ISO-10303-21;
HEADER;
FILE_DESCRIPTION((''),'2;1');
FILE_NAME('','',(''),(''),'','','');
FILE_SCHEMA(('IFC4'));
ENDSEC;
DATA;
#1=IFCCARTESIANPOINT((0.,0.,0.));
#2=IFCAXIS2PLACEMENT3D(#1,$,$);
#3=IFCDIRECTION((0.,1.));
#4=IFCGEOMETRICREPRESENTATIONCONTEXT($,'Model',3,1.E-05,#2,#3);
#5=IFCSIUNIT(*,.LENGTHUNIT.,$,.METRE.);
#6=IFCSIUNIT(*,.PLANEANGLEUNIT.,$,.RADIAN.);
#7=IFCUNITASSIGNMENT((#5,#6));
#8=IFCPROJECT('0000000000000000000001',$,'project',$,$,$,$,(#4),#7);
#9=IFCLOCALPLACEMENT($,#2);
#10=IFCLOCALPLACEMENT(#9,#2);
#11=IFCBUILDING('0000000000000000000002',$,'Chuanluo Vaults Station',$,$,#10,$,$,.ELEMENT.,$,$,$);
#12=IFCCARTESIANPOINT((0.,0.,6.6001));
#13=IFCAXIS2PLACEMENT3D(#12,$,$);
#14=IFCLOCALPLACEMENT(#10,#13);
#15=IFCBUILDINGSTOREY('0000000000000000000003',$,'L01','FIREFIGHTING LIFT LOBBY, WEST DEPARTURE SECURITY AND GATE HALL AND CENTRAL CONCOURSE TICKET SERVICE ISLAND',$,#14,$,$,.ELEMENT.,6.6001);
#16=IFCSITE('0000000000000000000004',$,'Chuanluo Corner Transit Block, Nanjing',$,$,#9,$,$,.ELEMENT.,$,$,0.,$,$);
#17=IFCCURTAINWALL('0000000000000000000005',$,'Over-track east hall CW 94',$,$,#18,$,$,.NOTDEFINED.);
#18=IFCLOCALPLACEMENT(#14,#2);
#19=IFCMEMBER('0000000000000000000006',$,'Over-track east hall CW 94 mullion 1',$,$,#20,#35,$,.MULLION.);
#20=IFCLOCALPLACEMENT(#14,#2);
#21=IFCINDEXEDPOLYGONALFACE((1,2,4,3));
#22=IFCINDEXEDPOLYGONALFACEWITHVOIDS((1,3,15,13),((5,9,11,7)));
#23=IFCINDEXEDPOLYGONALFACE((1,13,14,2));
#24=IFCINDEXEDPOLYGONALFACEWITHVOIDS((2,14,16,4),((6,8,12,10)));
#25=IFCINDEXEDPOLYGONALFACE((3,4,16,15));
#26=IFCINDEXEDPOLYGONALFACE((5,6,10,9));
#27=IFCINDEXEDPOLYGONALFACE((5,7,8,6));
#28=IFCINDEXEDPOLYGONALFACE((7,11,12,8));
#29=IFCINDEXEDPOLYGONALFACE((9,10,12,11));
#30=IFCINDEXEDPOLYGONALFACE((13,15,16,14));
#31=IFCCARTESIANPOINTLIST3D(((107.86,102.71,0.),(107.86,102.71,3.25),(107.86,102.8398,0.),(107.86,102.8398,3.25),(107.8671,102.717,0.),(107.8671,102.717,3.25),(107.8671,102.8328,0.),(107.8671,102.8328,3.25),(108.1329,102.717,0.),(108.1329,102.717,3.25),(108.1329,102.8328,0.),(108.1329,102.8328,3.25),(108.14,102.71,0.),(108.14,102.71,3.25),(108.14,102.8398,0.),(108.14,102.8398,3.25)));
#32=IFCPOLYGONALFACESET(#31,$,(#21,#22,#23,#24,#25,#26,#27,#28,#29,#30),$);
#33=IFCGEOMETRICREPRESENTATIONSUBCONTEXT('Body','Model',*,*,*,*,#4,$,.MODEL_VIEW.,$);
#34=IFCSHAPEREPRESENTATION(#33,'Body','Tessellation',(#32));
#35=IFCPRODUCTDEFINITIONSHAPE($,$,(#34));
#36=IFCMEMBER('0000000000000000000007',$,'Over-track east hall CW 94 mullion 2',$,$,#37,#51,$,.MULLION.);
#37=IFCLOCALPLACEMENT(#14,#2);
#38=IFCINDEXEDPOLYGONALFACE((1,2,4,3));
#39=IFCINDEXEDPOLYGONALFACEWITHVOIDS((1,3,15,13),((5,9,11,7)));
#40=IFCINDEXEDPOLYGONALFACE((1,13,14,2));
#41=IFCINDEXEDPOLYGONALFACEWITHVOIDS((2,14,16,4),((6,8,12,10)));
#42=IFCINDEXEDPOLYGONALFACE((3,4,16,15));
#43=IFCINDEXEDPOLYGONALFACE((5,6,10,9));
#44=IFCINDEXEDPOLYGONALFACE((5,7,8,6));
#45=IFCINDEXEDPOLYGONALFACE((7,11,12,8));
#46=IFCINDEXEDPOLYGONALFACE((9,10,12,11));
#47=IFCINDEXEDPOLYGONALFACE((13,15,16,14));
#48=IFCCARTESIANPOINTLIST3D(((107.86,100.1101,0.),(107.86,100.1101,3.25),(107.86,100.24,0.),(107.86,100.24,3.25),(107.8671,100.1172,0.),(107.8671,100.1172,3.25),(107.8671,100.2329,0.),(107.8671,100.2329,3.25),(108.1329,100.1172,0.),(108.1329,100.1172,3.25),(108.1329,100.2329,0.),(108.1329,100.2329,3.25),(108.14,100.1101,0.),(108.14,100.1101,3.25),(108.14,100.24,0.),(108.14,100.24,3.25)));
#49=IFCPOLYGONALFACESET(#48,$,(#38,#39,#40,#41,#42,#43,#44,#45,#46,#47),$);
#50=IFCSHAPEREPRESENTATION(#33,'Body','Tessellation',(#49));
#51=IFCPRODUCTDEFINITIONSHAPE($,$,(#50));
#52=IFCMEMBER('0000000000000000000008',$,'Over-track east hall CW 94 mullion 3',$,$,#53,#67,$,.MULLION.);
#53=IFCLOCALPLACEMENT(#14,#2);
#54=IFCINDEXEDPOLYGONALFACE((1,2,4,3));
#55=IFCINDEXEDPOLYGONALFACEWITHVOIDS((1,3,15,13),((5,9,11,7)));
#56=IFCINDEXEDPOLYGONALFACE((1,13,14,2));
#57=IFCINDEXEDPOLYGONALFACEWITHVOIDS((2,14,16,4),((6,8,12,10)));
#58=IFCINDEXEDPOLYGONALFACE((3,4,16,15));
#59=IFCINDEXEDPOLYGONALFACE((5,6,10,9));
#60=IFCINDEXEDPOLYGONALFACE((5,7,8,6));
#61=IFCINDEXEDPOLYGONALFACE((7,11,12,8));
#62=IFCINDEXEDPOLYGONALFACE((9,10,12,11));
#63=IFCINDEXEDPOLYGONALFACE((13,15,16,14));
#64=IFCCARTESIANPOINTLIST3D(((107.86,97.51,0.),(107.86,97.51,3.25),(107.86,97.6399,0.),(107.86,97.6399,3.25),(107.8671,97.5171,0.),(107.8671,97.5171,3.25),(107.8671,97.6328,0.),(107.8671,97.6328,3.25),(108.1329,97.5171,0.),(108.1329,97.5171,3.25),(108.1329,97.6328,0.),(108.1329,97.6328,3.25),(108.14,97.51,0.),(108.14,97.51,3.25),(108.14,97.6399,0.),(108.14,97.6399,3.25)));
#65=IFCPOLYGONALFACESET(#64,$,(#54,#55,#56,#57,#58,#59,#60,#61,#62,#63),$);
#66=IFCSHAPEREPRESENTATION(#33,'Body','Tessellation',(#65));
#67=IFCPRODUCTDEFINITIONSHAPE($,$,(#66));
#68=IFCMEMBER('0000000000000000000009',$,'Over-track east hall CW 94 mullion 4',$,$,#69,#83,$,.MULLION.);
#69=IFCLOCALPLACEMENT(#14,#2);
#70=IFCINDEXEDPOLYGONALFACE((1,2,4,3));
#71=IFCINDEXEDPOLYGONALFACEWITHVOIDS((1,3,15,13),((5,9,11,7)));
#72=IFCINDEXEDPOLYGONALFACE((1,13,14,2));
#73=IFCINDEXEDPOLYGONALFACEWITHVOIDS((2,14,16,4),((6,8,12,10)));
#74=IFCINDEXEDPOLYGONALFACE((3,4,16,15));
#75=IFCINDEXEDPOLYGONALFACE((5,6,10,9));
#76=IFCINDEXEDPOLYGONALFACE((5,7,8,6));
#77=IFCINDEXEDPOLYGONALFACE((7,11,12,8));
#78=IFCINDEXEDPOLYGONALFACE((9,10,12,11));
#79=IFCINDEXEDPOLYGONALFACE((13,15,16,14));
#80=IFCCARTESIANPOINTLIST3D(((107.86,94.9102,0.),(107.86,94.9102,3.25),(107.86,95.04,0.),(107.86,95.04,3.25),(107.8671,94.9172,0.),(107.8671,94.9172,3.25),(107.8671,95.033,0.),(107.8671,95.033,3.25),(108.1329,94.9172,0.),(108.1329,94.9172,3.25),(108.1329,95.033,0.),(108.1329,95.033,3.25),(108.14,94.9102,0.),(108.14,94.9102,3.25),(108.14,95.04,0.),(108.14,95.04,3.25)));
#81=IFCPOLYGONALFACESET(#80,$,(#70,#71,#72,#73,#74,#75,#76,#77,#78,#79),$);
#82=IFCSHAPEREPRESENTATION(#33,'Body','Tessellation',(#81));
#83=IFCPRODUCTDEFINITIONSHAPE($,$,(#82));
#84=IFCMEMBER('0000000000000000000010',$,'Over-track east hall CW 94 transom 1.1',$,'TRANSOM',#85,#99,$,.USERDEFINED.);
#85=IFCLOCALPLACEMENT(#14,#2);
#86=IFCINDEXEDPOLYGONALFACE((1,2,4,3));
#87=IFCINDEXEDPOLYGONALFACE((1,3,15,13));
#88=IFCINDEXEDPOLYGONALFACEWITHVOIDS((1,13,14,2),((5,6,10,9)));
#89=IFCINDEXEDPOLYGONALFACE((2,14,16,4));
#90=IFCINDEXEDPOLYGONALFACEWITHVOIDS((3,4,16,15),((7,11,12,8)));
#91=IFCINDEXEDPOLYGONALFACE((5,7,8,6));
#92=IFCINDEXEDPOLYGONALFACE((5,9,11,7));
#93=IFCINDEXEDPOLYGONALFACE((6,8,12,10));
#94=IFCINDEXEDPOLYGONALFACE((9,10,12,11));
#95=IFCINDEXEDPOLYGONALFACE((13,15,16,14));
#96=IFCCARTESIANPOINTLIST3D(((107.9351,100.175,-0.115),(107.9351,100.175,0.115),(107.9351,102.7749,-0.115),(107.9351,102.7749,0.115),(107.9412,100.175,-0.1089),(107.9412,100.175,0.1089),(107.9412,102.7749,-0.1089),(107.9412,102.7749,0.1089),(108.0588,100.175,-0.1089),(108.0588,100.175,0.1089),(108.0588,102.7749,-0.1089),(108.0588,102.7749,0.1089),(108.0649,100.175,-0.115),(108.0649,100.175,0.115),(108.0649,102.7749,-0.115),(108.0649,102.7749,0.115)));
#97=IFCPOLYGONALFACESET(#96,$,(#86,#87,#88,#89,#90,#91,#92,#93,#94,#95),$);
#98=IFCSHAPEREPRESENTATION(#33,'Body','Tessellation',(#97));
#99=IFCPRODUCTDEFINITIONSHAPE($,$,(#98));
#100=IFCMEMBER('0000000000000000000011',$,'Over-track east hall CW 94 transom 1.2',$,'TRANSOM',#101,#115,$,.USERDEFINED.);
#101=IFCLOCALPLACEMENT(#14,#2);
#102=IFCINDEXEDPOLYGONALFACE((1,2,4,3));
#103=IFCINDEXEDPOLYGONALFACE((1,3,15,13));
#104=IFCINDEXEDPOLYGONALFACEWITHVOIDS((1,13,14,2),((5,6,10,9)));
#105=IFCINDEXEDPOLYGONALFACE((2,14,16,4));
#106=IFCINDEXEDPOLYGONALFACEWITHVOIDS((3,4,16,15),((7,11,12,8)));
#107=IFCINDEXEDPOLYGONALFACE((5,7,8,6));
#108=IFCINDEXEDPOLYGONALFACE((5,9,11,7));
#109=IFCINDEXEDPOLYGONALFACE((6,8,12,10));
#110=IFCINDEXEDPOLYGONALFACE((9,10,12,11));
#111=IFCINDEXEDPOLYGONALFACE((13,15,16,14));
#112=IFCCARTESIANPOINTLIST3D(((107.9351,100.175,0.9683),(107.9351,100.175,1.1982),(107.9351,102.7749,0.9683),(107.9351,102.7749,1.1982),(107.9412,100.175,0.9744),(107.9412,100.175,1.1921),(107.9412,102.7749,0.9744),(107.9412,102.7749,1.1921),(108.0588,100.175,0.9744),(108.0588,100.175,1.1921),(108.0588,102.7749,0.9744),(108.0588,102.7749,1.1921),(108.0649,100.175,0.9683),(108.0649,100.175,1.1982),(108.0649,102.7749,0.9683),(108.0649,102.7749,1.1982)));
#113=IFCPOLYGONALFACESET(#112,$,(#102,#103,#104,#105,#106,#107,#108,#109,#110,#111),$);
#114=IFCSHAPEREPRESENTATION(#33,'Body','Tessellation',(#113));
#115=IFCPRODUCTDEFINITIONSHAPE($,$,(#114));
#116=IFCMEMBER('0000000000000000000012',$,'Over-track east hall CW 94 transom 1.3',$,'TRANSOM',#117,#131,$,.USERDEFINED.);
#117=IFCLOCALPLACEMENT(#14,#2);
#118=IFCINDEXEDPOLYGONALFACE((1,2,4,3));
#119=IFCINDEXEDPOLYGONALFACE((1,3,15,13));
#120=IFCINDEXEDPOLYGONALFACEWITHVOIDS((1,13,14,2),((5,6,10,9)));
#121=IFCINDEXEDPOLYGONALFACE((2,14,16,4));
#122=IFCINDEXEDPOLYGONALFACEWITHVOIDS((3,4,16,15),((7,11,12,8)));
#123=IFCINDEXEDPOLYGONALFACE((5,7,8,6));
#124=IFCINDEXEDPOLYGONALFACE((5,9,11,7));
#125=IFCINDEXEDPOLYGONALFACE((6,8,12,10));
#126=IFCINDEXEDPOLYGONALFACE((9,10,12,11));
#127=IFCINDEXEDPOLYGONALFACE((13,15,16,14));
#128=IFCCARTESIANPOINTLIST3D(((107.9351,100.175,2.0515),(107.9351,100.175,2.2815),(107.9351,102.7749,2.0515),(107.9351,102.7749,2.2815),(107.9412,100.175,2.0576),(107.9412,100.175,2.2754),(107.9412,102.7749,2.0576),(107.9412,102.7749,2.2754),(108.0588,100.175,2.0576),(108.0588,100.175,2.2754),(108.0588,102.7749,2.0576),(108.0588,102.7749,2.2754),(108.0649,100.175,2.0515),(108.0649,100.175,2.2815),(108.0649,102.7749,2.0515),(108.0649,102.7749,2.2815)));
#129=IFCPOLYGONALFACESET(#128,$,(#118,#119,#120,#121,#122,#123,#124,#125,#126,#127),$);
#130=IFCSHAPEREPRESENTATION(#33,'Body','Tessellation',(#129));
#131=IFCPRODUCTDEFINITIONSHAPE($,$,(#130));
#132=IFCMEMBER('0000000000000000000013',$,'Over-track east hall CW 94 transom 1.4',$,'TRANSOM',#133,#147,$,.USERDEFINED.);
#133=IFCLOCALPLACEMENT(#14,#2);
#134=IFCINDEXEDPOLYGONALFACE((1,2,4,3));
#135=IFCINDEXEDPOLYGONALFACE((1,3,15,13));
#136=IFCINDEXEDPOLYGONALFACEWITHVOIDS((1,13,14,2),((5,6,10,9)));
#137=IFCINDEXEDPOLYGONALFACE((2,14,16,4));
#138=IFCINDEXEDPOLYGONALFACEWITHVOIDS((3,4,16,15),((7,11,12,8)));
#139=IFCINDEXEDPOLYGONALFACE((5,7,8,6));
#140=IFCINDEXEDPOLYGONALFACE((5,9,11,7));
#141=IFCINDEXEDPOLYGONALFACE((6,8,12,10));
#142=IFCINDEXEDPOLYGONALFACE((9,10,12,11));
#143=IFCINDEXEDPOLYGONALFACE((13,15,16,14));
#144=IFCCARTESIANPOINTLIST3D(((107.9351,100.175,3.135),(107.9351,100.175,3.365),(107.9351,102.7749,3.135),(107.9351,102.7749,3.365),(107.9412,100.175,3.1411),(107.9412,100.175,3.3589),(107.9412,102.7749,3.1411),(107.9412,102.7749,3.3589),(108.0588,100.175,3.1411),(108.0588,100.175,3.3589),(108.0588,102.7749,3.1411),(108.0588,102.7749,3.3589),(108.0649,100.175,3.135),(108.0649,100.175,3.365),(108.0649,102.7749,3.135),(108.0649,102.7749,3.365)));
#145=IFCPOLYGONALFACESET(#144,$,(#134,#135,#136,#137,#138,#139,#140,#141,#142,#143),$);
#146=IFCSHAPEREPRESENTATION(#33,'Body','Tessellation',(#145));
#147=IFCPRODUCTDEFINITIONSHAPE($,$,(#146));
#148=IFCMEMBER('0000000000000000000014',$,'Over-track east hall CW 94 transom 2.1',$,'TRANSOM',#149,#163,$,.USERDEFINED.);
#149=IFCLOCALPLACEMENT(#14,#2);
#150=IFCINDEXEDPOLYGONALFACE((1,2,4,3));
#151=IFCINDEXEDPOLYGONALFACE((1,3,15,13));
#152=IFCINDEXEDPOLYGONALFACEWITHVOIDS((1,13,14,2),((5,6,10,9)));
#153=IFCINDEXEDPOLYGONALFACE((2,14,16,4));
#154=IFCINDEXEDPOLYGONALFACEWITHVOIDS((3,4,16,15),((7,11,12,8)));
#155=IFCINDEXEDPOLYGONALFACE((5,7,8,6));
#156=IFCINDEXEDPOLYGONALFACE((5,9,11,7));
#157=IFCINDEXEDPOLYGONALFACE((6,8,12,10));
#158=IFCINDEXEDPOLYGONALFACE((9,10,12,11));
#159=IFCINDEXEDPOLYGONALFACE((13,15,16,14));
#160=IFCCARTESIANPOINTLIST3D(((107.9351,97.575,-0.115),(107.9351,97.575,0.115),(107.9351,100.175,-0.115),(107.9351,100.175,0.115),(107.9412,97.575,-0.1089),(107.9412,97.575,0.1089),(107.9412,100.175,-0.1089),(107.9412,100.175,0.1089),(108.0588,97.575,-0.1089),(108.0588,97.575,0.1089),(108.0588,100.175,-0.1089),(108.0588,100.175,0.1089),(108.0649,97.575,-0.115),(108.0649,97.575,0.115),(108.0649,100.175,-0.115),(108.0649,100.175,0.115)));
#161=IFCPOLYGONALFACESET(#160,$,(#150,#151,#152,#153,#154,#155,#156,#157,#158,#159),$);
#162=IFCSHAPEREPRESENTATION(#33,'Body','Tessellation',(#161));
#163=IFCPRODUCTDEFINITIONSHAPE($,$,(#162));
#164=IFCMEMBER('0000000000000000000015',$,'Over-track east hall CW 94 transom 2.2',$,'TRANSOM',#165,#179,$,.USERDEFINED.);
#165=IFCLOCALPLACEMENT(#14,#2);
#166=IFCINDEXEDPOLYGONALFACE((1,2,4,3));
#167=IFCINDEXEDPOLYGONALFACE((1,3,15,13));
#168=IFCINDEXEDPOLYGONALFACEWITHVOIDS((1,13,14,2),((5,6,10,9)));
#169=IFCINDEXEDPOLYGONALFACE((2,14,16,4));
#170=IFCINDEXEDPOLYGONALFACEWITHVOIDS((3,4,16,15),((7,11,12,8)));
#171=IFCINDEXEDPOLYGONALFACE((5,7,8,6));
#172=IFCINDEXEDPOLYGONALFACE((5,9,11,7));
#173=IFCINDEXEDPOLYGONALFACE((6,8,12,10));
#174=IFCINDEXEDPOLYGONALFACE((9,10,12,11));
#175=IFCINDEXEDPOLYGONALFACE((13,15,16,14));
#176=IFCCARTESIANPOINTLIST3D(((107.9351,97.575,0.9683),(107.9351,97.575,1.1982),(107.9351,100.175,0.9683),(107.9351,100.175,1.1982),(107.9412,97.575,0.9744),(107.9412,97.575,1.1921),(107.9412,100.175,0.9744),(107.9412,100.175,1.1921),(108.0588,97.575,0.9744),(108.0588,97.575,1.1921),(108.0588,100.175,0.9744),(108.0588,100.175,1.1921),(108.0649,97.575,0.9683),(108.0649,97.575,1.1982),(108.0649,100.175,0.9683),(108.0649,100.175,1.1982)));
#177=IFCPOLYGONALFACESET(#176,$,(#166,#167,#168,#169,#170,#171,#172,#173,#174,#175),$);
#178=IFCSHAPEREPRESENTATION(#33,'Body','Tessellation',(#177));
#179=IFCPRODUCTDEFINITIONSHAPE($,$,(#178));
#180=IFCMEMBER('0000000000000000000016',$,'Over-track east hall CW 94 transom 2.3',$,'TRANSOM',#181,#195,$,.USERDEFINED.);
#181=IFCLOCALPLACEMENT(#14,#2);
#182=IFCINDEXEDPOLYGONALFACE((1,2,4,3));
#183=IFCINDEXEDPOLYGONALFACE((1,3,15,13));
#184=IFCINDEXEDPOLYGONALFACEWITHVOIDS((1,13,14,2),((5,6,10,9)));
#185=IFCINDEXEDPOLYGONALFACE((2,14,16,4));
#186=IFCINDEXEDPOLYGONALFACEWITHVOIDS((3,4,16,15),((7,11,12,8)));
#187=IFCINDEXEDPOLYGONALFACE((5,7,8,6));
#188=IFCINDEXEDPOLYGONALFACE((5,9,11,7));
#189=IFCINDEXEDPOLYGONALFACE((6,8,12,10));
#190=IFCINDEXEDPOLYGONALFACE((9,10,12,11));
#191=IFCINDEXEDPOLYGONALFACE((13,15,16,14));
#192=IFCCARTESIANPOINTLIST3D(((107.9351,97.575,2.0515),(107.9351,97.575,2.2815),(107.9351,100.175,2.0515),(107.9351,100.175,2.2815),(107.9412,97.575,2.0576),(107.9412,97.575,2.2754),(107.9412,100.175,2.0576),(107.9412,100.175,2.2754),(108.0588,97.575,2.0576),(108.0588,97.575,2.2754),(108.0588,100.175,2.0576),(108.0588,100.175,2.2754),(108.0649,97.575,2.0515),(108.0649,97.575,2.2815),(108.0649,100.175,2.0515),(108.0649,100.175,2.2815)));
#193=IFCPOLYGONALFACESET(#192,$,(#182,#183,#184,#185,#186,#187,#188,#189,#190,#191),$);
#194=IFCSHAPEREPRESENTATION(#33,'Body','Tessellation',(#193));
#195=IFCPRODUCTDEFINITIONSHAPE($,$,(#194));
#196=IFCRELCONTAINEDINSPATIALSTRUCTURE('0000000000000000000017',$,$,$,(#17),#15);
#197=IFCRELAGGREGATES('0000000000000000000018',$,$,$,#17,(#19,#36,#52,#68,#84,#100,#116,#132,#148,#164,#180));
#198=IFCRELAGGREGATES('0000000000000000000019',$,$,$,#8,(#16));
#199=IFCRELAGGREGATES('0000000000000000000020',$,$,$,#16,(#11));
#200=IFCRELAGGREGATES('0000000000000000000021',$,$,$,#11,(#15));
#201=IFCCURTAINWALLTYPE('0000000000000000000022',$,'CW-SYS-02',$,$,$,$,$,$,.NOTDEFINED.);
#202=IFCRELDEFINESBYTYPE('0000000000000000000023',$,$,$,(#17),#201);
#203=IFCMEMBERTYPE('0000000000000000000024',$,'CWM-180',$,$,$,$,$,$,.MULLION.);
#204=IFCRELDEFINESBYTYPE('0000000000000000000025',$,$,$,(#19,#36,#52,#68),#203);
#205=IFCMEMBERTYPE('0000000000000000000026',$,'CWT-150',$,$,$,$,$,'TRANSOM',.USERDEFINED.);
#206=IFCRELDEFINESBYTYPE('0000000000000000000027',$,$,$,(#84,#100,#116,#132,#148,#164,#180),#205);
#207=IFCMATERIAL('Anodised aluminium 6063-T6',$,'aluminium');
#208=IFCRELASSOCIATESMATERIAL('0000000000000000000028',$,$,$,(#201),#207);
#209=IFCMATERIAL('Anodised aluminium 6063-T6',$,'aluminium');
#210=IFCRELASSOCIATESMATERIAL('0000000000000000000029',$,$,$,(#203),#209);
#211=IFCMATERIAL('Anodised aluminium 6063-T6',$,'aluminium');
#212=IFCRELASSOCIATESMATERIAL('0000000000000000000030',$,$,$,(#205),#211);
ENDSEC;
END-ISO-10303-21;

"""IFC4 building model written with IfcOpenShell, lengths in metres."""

from ifc_helpers import new_model, si_unit, direction, frame, origin, origin_2d, place, context, subcontext, project, spatial, hollow_rectangle, extrude, material, material_profile, profile_set, type_object, element, aggregate, save


model = new_model("IFC4")

# Units and contexts
model_context = context("Model", 3, precision=1e-05, world=origin(), true_north=direction((0.0, 1.0)))
body_context = subcontext(model_context, "Body", "Model", "MODEL_VIEW")
ifc_project = project(units=[si_unit("LENGTHUNIT", "METRE"), si_unit("PLANEANGLEUNIT", "RADIAN")], contexts=[model_context])

# Site, building, storey
site_placement = place(None, origin())
site = spatial("IfcSite", under=ifc_project, at=site_placement, Name="Chuanluo Corner Transit Block, Nanjing", CompositionType="ELEMENT", RefElevation=0.0)
building_placement = place(site_placement, origin())
building = spatial("IfcBuilding", under=site, at=building_placement, Name="Chuanluo Vaults Station", CompositionType="ELEMENT")
storey_placement = place(building_placement, frame((0.0, 0.0, 6.6001)))
storey = spatial("IfcBuildingStorey", under=building, at=storey_placement, Name="L01", Description="FIREFIGHTING LIFT LOBBY, WEST DEPARTURE SECURITY AND GATE HALL AND CENTRAL CONCOURSE TICKET SERVICE ISLAND", CompositionType="ELEMENT", Elevation=6.6001)

# Curtain wall, members
ifc_material_1 = material(Name="Anodised aluminium 6063-T6", Category="aluminium")
curtain_wall_type = type_object("IfcCurtainWallType", Name="CW-SYS-02", PredefinedType="NOTDEFINED", material=ifc_material_1)
curtain_wall_placement = place(storey_placement, origin())
curtain_wall = element("IfcCurtainWall", 1, at=curtain_wall_placement, inside=storey, type_object=curtain_wall_type, Name="Over-track east hall CW 94", PredefinedType="NOTDEFINED")
ifc_material_2 = material(Name="Anodised aluminium 6063-T6", Category="aluminium")
ifc_material_profile_1 = material_profile(ifc_material_2, hollow_rectangle(XDim=0.1299, YDim=0.28, WallThickness=0.0071, at=origin_2d()))
ifc_profile_set_1 = profile_set([ifc_material_profile_1], Name="Anodised aluminium 6063-T6")
member_type_1 = type_object("IfcMemberType", Name="CWM-180", PredefinedType="MULLION", material=ifc_profile_set_1)
member_1_placement = place(storey_placement, frame((108.0, 102.7749, 0.0), z_axis=(0.0, 0.0, 1.0), x_axis=(0.0, -1.0, 0.0)))
member_1 = element("IfcMember", 2, at=member_1_placement, type_object=member_type_1, Name="Over-track east hall CW 94 mullion 1", PredefinedType="MULLION", context=body_context, shape_type="SweptSolid", body=[
    extrude(hollow_rectangle(XDim=0.1299, YDim=0.28, WallThickness=0.0071, at=origin_2d()), origin(), (0.0, 0.0, 1.0), 3.25),
])
member_2_placement = place(storey_placement, frame((108.0, 100.175, 0.0), z_axis=(0.0, 0.0, 1.0), x_axis=(0.0, -1.0, 0.0)))
member_2 = element("IfcMember", 3, at=member_2_placement, type_object=member_type_1, Name="Over-track east hall CW 94 mullion 2", PredefinedType="MULLION", context=body_context, shape_type="SweptSolid", body=[
    extrude(hollow_rectangle(XDim=0.1299, YDim=0.28, WallThickness=0.0071, at=origin_2d()), origin(), (0.0, 0.0, 1.0), 3.25),
])
member_3_placement = place(storey_placement, frame((108.0, 97.575, 0.0), z_axis=(0.0, 0.0, 1.0), x_axis=(0.0, -1.0, 0.0)))
member_3 = element("IfcMember", 4, at=member_3_placement, type_object=member_type_1, Name="Over-track east hall CW 94 mullion 3", PredefinedType="MULLION", context=body_context, shape_type="SweptSolid", body=[
    extrude(hollow_rectangle(XDim=0.1299, YDim=0.28, WallThickness=0.0071, at=origin_2d()), origin(), (0.0, 0.0, 1.0), 3.25),
])
member_4_placement = place(storey_placement, frame((108.0, 94.9751, 0.0), z_axis=(0.0, 0.0, 1.0), x_axis=(0.0, -1.0, 0.0)))
member_4 = element("IfcMember", 5, at=member_4_placement, type_object=member_type_1, Name="Over-track east hall CW 94 mullion 4", PredefinedType="MULLION", context=body_context, shape_type="SweptSolid", body=[
    extrude(hollow_rectangle(XDim=0.1299, YDim=0.28, WallThickness=0.0071, at=origin_2d()), origin(), (0.0, 0.0, 1.0), 3.25),
])
ifc_material_3 = material(Name="Anodised aluminium 6063-T6", Category="aluminium")
ifc_material_profile_2 = material_profile(ifc_material_3, hollow_rectangle(XDim=0.1299, YDim=0.23, WallThickness=0.0061, at=origin_2d()))
ifc_profile_set_2 = profile_set([ifc_material_profile_2], Name="Anodised aluminium 6063-T6")
member_type_2 = type_object("IfcMemberType", Name="CWT-150", ElementType="TRANSOM", PredefinedType="USERDEFINED", material=ifc_profile_set_2)
member_5_placement = place(storey_placement, frame((108.0, 102.7749, 0.0), z_axis=(0.0, -1.0, 0.0), x_axis=(1.0, 0.0, 0.0)))
member_5 = element("IfcMember", 6, at=member_5_placement, type_object=member_type_2, Name="Over-track east hall CW 94 transom 1.1", ObjectType="TRANSOM", PredefinedType="USERDEFINED", context=body_context, shape_type="SweptSolid", body=[
    extrude(hollow_rectangle(XDim=0.1299, YDim=0.23, WallThickness=0.0061, at=origin_2d()), origin(), (0.0, 0.0, 1.0), 2.5999),
])
member_6_placement = place(storey_placement, frame((108.0, 102.7749, 1.0833), z_axis=(0.0, -1.0, 0.0), x_axis=(1.0, 0.0, 0.0)))
member_6 = element("IfcMember", 7, at=member_6_placement, type_object=member_type_2, Name="Over-track east hall CW 94 transom 1.2", ObjectType="TRANSOM", PredefinedType="USERDEFINED", context=body_context, shape_type="SweptSolid", body=[
    extrude(hollow_rectangle(XDim=0.1299, YDim=0.23, WallThickness=0.0061, at=origin_2d()), origin(), (0.0, 0.0, 1.0), 2.5999),
])
member_7_placement = place(storey_placement, frame((108.0, 102.7749, 2.1665), z_axis=(0.0, -1.0, 0.0), x_axis=(1.0, 0.0, 0.0)))
member_7 = element("IfcMember", 8, at=member_7_placement, type_object=member_type_2, Name="Over-track east hall CW 94 transom 1.3", ObjectType="TRANSOM", PredefinedType="USERDEFINED", context=body_context, shape_type="SweptSolid", body=[
    extrude(hollow_rectangle(XDim=0.1299, YDim=0.23, WallThickness=0.0061, at=origin_2d()), origin(), (0.0, 0.0, 1.0), 2.5999),
])
member_8_placement = place(storey_placement, frame((108.0, 102.7749, 3.25), z_axis=(0.0, -1.0, 0.0), x_axis=(1.0, 0.0, 0.0)))
member_8 = element("IfcMember", 9, at=member_8_placement, type_object=member_type_2, Name="Over-track east hall CW 94 transom 1.4", ObjectType="TRANSOM", PredefinedType="USERDEFINED", context=body_context, shape_type="SweptSolid", body=[
    extrude(hollow_rectangle(XDim=0.1299, YDim=0.23, WallThickness=0.0061, at=origin_2d()), origin(), (0.0, 0.0, 1.0), 2.5999),
])
member_9_placement = place(storey_placement, frame((108.0, 100.175, 0.0), z_axis=(0.0, -1.0, 0.0), x_axis=(1.0, 0.0, 0.0)))
member_9 = element("IfcMember", 10, at=member_9_placement, type_object=member_type_2, Name="Over-track east hall CW 94 transom 2.1", ObjectType="TRANSOM", PredefinedType="USERDEFINED", context=body_context, shape_type="SweptSolid", body=[
    extrude(hollow_rectangle(XDim=0.1299, YDim=0.23, WallThickness=0.0061, at=origin_2d()), origin(), (0.0, 0.0, 1.0), 2.6001),
])
member_10_placement = place(storey_placement, frame((108.0, 100.175, 1.0833), z_axis=(0.0, -1.0, 0.0), x_axis=(1.0, 0.0, 0.0)))
member_10 = element("IfcMember", 11, at=member_10_placement, type_object=member_type_2, Name="Over-track east hall CW 94 transom 2.2", ObjectType="TRANSOM", PredefinedType="USERDEFINED", context=body_context, shape_type="SweptSolid", body=[
    extrude(hollow_rectangle(XDim=0.1299, YDim=0.23, WallThickness=0.0061, at=origin_2d()), origin(), (0.0, 0.0, 1.0), 2.6001),
])
member_11_placement = place(storey_placement, frame((108.0, 100.175, 2.1665), z_axis=(0.0, -1.0, 0.0), x_axis=(1.0, 0.0, 0.0)))
member_11 = element("IfcMember", 12, at=member_11_placement, type_object=member_type_2, Name="Over-track east hall CW 94 transom 2.3", ObjectType="TRANSOM", PredefinedType="USERDEFINED", context=body_context, shape_type="SweptSolid", body=[
    extrude(hollow_rectangle(XDim=0.1299, YDim=0.23, WallThickness=0.0061, at=origin_2d()), origin(), (0.0, 0.0, 1.0), 2.6001),
])
aggregate(curtain_wall, [member_1, member_2, member_3, member_4, member_5, member_6, member_7, member_8, member_9, member_10, member_11])

save(model, "model.ifc")
